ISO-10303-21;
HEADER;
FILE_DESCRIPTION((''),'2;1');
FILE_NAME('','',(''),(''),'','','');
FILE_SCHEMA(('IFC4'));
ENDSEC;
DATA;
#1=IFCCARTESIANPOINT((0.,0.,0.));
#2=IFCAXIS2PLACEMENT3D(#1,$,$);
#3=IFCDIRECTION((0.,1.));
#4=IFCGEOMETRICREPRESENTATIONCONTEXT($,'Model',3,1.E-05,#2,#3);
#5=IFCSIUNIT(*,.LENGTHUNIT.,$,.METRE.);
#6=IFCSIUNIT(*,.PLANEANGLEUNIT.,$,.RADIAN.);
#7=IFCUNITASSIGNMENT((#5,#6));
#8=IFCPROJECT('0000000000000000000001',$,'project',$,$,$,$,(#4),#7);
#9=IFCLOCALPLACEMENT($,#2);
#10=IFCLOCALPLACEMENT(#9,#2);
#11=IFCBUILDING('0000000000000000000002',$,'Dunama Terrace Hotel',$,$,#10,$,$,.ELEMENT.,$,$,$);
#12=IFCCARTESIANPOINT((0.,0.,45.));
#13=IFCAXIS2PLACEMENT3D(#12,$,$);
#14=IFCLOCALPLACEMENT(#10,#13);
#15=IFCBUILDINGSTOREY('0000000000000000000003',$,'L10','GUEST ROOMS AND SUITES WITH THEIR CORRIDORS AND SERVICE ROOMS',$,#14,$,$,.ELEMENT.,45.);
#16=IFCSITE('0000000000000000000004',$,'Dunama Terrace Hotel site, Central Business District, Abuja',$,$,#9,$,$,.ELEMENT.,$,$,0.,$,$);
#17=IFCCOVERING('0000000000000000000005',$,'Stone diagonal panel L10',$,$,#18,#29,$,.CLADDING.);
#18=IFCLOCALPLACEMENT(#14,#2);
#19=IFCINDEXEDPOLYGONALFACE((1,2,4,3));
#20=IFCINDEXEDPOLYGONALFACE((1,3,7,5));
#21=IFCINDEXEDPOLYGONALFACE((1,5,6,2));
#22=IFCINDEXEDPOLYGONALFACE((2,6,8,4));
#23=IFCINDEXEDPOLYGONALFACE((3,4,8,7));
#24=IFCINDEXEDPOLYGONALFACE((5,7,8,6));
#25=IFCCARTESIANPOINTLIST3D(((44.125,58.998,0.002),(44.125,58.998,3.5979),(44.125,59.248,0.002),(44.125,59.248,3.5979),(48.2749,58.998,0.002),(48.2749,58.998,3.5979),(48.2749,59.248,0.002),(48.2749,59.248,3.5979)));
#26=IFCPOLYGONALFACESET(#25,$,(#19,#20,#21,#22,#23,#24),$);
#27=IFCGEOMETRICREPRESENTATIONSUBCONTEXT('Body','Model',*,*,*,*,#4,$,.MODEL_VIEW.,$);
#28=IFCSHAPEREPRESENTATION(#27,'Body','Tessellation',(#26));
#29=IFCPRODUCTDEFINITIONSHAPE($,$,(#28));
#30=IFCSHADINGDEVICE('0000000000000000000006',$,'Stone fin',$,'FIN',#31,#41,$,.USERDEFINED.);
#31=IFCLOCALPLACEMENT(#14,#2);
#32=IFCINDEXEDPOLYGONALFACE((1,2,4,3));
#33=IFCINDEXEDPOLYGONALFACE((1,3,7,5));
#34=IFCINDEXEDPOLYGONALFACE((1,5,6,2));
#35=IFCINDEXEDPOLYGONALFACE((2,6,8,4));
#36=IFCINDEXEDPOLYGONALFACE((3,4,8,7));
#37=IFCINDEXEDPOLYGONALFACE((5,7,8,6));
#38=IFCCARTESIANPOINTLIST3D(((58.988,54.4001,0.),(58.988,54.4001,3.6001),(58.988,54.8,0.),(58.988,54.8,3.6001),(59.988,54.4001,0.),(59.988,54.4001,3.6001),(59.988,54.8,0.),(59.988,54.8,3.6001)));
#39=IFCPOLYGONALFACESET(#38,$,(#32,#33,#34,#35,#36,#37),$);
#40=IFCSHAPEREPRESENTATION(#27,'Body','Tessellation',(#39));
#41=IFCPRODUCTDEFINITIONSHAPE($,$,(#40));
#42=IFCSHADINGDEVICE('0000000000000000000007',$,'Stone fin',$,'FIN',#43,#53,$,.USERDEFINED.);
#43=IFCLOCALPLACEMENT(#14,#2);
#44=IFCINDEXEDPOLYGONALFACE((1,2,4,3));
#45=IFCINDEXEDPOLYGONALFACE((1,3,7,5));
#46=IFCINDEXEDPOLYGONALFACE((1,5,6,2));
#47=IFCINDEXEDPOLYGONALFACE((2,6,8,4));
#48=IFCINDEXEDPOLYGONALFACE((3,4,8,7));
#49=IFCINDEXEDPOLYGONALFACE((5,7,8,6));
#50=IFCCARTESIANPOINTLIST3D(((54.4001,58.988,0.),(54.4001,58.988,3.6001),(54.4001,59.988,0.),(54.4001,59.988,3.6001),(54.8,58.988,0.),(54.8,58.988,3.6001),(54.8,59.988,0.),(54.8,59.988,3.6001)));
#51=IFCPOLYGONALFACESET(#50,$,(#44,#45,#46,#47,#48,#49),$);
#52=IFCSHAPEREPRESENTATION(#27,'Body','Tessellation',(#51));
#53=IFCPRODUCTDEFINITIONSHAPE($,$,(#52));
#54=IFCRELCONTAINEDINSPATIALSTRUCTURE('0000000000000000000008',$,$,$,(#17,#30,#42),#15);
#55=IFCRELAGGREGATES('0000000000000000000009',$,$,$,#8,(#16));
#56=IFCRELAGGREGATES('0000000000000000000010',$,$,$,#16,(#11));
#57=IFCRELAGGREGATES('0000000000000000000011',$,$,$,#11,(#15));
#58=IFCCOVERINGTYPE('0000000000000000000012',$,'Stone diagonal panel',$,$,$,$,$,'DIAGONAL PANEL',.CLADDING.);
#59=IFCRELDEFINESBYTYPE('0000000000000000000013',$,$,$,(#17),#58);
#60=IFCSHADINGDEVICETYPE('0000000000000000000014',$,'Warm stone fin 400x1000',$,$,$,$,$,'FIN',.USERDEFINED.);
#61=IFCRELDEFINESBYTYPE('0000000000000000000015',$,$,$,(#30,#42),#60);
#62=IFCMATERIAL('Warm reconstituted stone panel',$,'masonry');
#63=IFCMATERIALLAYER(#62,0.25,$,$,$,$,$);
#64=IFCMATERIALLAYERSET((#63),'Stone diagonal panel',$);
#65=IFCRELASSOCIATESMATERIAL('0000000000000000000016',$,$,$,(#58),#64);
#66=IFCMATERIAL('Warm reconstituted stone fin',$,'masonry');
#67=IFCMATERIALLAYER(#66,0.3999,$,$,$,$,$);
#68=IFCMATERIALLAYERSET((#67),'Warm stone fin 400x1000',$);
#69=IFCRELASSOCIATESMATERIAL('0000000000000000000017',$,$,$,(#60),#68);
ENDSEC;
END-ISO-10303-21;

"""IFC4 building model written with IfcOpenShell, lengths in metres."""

from ifc_helpers import new_model, si_unit, direction, frame, origin, origin_2d, place, context, subcontext, project, spatial, rectangle, extrude, material, layer, layer_set, type_object, element, save


model = new_model("IFC4")

# Units and contexts
model_context = context("Model", 3, precision=1e-05, world=origin(), true_north=direction((0.0, 1.0)))
body_context = subcontext(model_context, "Body", "Model", "MODEL_VIEW")
ifc_project = project(units=[si_unit("LENGTHUNIT", "METRE"), si_unit("PLANEANGLEUNIT", "RADIAN")], contexts=[model_context])

# Site, building, storey
site_placement = place(None, origin())
site = spatial("IfcSite", under=ifc_project, at=site_placement, Name="Dunama Terrace Hotel site, Central Business District, Abuja", CompositionType="ELEMENT", RefElevation=0.0)
building_placement = place(site_placement, origin())
building = spatial("IfcBuilding", under=site, at=building_placement, Name="Dunama Terrace Hotel", CompositionType="ELEMENT")
storey_placement = place(building_placement, frame((0.0, 0.0, 45.0)))
storey = spatial("IfcBuildingStorey", under=building, at=storey_placement, Name="L10", Description="GUEST ROOMS AND SUITES WITH THEIR CORRIDORS AND SERVICE ROOMS", CompositionType="ELEMENT", Elevation=45.0)

# Covering
ifc_material_1 = material(Name="Warm reconstituted stone panel", Category="masonry")
ifc_layer_1 = layer(ifc_material_1, 0.25)
ifc_layer_set_1 = layer_set([ifc_layer_1], Name="Stone diagonal panel")
covering_type = type_object("IfcCoveringType", Name="Stone diagonal panel", ElementType="DIAGONAL PANEL", PredefinedType="CLADDING", material=ifc_layer_set_1)
covering_1_placement = place(storey_placement, frame((46.2, 59.123, 0.002), z_axis=(0.0, 0.0, 1.0), x_axis=(-1.0, 0.0, 0.0)))
element("IfcCovering", 1, at=covering_1_placement, inside=storey, type_object=covering_type, Name="Stone diagonal panel L10", PredefinedType="CLADDING", context=body_context, shape_type="SweptSolid", body=[
    extrude(rectangle(XDim=4.1499, YDim=0.25, at=origin_2d()), origin(), (0.0, 0.0, 1.0), 3.5959),
])

# Shading devices
ifc_material_2 = material(Name="Warm reconstituted stone fin", Category="masonry")
ifc_layer_2 = layer(ifc_material_2, 0.3999)
ifc_layer_set_2 = layer_set([ifc_layer_2], Name="Warm stone fin 400x1000")
shading_device_type = type_object("IfcShadingDeviceType", Name="Warm stone fin 400x1000", ElementType="FIN", PredefinedType="USERDEFINED", material=ifc_layer_set_2)
for number, where, z_axis, x_axis, name in (
    (2, (59.488, 54.6001, 0.0), (0.0, 0.0, 1.0), (0.0, 1.0, 0.0), "Stone fin"),
    (3, (54.6001, 59.488, 0.0), (0.0, 0.0, 1.0), (-1.0, 0.0, 0.0), "Stone fin"),
):
    element("IfcShadingDevice", number, at=place(storey_placement, frame(where, z_axis=z_axis, x_axis=x_axis)), inside=storey, type_object=shading_device_type, Name=name, ObjectType="FIN", PredefinedType="USERDEFINED", context=body_context, shape_type="SweptSolid", body=[
        extrude(rectangle(XDim=0.3999, YDim=1.0, at=origin_2d()), origin(), (0.0, 0.0, 1.0), 3.6001),
    ])

save(model, "model.ifc")
